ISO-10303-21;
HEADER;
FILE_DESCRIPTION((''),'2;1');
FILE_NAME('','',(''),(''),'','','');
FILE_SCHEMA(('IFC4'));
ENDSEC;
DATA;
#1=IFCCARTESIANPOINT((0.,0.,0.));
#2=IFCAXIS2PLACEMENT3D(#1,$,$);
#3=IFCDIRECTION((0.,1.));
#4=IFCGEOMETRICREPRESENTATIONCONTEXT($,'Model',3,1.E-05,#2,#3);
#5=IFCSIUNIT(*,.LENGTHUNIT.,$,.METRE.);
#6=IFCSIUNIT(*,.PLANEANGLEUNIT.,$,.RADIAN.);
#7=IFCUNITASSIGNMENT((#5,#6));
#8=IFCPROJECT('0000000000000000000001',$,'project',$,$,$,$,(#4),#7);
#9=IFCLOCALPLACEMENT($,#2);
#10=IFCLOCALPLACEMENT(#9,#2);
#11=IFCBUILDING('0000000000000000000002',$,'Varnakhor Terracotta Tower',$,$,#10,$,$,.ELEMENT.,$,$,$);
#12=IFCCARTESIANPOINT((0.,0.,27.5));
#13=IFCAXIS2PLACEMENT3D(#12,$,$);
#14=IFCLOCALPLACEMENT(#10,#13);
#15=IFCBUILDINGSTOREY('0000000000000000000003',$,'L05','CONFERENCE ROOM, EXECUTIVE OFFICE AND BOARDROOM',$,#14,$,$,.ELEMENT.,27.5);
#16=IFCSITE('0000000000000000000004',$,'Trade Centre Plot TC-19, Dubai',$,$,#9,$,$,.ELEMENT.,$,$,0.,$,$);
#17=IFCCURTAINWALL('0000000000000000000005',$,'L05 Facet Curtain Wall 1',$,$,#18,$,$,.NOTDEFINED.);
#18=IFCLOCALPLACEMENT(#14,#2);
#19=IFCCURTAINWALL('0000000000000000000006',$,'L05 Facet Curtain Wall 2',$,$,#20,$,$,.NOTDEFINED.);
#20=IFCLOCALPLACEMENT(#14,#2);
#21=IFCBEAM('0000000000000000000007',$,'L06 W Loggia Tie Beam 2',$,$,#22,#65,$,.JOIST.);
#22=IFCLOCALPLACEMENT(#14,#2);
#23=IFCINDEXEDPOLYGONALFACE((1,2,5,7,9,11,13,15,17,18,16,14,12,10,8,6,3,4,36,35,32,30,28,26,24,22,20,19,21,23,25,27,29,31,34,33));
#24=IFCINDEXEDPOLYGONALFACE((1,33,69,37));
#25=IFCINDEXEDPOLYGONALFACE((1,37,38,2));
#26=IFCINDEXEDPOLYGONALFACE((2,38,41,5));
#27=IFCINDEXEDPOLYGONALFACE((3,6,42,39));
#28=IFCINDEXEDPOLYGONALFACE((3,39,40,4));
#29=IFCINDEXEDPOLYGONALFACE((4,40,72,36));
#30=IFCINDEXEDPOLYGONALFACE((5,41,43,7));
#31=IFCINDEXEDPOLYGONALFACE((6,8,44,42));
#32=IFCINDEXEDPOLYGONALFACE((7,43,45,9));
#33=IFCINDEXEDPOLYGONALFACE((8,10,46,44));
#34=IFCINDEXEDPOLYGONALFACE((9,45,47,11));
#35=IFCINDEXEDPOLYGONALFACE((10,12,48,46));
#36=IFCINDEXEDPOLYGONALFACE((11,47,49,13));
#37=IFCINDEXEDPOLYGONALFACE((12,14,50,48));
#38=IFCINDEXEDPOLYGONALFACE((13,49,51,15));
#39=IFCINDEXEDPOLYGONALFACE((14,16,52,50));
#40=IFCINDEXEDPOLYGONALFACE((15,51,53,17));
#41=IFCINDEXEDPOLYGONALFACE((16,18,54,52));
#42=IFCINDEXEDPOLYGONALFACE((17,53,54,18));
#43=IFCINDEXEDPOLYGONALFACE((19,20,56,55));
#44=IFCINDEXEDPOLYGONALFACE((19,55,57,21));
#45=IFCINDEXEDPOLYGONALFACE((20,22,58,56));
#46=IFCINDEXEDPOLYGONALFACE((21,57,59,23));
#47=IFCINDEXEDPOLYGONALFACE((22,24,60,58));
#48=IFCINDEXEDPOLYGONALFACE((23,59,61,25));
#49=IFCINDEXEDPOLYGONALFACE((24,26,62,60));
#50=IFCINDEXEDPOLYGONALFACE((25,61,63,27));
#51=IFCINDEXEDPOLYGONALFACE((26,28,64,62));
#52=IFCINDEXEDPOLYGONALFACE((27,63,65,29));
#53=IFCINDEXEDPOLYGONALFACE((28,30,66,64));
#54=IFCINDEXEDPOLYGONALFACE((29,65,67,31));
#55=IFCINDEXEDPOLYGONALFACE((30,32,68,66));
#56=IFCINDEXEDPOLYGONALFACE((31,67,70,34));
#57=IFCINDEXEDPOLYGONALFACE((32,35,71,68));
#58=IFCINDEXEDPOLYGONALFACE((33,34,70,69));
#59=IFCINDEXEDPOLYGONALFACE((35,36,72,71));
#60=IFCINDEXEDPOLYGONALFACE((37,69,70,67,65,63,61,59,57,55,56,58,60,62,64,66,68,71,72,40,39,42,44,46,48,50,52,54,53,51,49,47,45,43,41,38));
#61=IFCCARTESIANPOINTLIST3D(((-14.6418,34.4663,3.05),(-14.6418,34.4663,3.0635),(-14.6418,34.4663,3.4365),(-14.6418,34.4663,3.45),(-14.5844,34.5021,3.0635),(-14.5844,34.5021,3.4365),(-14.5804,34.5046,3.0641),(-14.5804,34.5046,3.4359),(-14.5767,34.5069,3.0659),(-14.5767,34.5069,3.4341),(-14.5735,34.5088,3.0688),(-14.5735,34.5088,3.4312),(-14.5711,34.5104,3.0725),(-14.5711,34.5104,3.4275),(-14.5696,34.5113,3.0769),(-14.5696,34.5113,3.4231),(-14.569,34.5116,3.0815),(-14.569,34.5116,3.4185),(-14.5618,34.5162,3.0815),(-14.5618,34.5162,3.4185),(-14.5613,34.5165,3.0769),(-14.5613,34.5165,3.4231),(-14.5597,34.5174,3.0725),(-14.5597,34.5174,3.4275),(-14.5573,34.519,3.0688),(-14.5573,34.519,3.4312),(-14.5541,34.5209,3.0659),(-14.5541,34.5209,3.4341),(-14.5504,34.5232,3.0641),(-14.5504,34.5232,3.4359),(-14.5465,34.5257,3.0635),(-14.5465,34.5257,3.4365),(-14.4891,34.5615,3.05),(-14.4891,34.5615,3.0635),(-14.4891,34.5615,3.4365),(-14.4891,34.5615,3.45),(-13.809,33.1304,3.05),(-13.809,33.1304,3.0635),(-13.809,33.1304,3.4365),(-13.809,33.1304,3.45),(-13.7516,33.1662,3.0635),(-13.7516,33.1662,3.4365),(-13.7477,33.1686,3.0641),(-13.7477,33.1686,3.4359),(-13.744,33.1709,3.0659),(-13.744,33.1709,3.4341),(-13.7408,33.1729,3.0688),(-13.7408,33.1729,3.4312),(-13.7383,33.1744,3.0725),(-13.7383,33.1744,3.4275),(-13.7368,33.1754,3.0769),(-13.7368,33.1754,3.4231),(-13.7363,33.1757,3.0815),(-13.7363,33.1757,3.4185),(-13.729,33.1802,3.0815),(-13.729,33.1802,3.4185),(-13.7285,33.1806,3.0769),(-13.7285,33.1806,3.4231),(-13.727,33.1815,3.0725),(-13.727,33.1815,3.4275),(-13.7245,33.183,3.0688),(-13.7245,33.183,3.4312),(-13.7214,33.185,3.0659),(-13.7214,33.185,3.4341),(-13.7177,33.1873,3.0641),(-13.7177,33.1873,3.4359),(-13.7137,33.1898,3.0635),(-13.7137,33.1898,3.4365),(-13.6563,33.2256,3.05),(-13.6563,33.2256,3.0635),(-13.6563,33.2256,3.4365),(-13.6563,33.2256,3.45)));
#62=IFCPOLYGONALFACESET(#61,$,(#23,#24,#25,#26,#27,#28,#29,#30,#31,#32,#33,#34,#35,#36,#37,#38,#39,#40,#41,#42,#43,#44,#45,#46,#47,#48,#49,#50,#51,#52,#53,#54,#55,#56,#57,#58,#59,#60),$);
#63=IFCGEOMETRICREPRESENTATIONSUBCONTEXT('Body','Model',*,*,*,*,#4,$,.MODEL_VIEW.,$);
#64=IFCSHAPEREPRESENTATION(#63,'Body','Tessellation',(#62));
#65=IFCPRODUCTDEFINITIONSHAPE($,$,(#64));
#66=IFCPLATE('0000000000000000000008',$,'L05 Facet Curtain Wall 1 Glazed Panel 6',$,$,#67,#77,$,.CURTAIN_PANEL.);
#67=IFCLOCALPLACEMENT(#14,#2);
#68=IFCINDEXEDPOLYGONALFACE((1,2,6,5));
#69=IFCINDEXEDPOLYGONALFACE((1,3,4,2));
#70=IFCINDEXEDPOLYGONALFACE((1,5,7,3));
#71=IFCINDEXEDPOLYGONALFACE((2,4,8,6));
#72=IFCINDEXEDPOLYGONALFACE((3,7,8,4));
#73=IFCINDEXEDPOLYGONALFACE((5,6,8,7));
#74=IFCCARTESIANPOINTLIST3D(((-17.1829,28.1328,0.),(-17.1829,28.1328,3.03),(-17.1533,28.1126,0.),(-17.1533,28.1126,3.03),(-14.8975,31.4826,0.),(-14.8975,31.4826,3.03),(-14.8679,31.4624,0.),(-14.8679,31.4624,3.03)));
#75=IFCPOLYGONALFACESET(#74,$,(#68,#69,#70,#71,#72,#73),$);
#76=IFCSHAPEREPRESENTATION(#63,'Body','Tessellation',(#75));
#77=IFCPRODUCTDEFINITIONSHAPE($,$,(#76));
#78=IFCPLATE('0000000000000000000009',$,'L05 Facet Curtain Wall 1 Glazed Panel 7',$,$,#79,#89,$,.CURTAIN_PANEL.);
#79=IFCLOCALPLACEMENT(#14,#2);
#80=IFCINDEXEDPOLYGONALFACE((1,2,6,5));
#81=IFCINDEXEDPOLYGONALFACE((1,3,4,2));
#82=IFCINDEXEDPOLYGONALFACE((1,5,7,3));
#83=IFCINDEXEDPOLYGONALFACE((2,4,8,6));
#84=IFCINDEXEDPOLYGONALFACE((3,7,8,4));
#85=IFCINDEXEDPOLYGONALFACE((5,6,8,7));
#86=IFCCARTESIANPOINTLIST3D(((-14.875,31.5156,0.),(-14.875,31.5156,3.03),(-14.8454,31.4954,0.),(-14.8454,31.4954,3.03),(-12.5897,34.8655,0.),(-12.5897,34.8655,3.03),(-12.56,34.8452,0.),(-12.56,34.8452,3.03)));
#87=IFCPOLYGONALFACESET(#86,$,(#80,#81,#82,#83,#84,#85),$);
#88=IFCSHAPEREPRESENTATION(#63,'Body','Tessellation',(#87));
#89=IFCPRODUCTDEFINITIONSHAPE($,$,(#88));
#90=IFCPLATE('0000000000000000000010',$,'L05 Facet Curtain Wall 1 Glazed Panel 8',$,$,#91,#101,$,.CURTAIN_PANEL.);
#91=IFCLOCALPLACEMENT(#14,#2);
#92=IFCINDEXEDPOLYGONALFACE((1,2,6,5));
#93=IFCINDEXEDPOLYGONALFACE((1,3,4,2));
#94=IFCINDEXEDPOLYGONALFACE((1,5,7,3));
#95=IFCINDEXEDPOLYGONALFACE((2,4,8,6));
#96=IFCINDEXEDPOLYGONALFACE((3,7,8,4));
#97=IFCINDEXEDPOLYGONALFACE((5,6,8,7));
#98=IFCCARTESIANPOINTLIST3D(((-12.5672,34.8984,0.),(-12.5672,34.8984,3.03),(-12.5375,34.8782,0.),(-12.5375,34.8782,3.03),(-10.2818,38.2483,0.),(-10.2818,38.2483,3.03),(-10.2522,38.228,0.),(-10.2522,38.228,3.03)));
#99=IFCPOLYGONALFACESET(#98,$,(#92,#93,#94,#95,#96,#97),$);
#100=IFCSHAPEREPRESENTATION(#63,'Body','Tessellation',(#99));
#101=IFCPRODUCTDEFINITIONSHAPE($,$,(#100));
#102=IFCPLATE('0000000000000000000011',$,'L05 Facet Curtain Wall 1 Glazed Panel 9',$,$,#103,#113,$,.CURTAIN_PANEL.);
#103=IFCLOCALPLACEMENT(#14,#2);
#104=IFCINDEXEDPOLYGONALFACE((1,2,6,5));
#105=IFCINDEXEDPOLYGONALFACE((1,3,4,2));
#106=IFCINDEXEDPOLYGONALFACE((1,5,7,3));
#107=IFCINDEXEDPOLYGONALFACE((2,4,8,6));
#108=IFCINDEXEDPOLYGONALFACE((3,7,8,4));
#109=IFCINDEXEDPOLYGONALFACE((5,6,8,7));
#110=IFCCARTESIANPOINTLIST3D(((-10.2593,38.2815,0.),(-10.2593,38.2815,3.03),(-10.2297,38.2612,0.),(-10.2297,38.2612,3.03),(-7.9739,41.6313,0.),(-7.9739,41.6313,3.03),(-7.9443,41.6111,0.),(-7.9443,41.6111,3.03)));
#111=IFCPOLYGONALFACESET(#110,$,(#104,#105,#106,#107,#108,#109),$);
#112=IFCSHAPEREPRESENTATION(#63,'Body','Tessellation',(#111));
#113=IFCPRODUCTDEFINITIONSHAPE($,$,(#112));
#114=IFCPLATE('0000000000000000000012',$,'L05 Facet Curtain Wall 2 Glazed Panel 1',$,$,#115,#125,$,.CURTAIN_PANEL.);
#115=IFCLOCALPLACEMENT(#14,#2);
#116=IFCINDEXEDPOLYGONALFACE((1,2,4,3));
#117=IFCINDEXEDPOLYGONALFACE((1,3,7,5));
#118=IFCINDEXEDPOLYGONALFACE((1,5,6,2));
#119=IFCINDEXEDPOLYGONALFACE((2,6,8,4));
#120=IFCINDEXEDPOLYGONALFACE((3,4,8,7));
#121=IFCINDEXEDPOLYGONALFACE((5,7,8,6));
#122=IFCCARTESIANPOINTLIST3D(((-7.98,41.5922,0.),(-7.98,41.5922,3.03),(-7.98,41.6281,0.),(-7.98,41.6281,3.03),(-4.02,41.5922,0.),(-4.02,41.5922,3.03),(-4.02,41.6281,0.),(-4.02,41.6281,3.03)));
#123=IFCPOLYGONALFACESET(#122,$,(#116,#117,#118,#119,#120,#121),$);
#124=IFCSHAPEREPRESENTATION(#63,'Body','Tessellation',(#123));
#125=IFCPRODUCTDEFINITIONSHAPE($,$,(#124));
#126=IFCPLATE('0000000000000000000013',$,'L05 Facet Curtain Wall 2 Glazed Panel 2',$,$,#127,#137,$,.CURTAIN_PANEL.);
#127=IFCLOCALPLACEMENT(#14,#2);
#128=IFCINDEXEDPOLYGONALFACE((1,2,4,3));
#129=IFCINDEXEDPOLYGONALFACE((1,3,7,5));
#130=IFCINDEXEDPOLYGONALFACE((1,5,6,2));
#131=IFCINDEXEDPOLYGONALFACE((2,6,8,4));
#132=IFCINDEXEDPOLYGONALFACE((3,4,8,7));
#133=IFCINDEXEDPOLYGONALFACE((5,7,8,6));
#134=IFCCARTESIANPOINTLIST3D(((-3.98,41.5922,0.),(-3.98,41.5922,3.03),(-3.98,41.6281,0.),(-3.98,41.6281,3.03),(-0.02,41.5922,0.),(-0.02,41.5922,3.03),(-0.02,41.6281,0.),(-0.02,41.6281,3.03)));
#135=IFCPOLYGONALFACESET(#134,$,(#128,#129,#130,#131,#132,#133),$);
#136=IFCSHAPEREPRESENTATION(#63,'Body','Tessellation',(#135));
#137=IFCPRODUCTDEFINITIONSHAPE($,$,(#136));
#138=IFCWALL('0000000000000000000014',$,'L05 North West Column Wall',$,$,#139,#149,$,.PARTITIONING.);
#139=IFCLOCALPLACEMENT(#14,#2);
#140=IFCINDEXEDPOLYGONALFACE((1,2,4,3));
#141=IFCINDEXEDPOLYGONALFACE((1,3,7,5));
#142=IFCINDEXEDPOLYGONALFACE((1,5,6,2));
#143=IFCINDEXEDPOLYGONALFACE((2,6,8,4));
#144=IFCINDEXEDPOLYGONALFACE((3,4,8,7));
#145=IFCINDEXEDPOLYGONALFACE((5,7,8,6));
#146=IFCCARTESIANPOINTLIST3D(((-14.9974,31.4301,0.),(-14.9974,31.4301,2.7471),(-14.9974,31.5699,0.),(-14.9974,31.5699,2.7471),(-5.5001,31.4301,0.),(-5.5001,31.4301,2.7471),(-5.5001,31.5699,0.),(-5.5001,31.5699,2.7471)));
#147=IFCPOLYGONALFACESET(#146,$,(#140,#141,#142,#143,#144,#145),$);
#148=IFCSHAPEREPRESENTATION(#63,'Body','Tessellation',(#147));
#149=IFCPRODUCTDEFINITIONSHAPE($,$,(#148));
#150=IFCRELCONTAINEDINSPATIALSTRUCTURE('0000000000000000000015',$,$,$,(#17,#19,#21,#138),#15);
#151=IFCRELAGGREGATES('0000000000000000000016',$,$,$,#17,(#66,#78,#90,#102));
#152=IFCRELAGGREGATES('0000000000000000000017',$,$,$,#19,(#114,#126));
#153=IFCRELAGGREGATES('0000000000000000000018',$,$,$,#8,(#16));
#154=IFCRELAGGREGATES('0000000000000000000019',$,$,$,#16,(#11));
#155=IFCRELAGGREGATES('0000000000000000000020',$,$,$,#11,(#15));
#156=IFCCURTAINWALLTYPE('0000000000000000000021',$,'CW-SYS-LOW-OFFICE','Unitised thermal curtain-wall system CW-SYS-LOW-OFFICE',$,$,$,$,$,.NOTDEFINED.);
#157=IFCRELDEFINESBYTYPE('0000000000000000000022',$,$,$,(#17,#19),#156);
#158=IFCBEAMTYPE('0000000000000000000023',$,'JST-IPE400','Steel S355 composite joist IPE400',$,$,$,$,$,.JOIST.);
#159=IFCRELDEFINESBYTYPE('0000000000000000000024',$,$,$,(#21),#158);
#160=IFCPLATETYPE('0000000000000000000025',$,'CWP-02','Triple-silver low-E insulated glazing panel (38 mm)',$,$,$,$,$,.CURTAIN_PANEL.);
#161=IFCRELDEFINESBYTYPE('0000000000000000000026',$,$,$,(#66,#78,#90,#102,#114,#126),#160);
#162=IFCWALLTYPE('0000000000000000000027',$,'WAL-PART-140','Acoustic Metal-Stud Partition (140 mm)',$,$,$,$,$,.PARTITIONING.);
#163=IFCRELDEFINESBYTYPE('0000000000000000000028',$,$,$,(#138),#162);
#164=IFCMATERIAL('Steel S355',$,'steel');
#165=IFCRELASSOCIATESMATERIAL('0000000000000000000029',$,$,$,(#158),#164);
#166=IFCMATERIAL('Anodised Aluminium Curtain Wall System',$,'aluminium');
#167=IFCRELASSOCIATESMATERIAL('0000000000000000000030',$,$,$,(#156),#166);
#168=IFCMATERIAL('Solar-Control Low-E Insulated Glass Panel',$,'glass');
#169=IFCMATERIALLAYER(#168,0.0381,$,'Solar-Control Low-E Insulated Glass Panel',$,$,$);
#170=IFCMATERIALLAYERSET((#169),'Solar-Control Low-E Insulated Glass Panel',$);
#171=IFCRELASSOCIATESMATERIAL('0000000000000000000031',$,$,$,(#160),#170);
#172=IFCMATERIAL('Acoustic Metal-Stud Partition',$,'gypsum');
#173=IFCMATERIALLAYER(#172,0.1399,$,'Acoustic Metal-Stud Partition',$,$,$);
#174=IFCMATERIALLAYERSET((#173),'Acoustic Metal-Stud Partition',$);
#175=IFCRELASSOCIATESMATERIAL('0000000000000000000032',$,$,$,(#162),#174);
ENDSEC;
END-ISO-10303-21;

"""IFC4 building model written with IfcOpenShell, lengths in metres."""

from ifc_helpers import new_model, si_unit, direction, frame, frame_2d, origin, origin_2d, place, context, subcontext, project, spatial, rectangle, i_section, extrude, source, transform, mapped, material, layer, layer_set, material_profile, profile_set, type_object, type_shapes, element, aggregate, save


model = new_model("IFC4")

# Units and contexts
model_context = context("Model", 3, precision=1e-05, world=origin(), true_north=direction((0.0, 1.0)))
body_context = subcontext(model_context, "Body", "Model", "MODEL_VIEW")
ifc_project = project(units=[si_unit("LENGTHUNIT", "METRE"), si_unit("PLANEANGLEUNIT", "RADIAN")], contexts=[model_context])

# Site, building, storey
site_placement = place(None, origin())
site = spatial("IfcSite", under=ifc_project, at=site_placement, Name="Trade Centre Plot TC-19, Dubai", CompositionType="ELEMENT", RefElevation=0.0)
building_placement = place(site_placement, origin())
building = spatial("IfcBuilding", under=site, at=building_placement, Name="Varnakhor Terracotta Tower", CompositionType="ELEMENT")
storey_placement = place(building_placement, frame((0.0, 0.0, 27.5)))
storey = spatial("IfcBuildingStorey", under=building, at=storey_placement, Name="L05", Description="CONFERENCE ROOM, EXECUTIVE OFFICE AND BOARDROOM", CompositionType="ELEMENT", Elevation=27.5)

# Shared definitions
ifc_material_1 = material(Name="Steel S355", Category="steel")
ifc_material_profile_1 = material_profile(ifc_material_1, i_section(OverallWidth=0.1799, OverallDepth=0.3999, WebThickness=0.0085, FlangeThickness=0.0134, FilletRadius=0.0181, at=origin_2d()), Name="IPE400")
ifc_profile_set_1 = profile_set([ifc_material_profile_1], Name="Steel S355")
beam_type_1 = type_object("IfcBeamType", Name="JST-IPE400", Description="Steel S355 composite joist IPE400", PredefinedType="JOIST", material=ifc_profile_set_1)

# Curtain walls
ifc_material_2 = material(Name="Anodised Aluminium Curtain Wall System", Category="aluminium")
curtain_wall_type = type_object("IfcCurtainWallType", Name="CW-SYS-LOW-OFFICE", Description="Unitised thermal curtain-wall system CW-SYS-LOW-OFFICE", PredefinedType="NOTDEFINED", material=ifc_material_2)
curtain_wall_1_placement = place(storey_placement, origin())
curtain_wall_1 = element("IfcCurtainWall", 1, at=curtain_wall_1_placement, inside=storey, type_object=curtain_wall_type, Name="L05 Facet Curtain Wall 1", PredefinedType="NOTDEFINED")
curtain_wall_2_placement = place(storey_placement, origin())
curtain_wall_2 = element("IfcCurtainWall", 2, at=curtain_wall_2_placement, inside=storey, type_object=curtain_wall_type, Name="L05 Facet Curtain Wall 2", PredefinedType="NOTDEFINED")

# Beam
shared_shape_1 = source(origin(), body_context, "Body", "SweptSolid", [
    extrude(i_section(OverallWidth=0.1799, OverallDepth=0.3999, WebThickness=0.0085, FlangeThickness=0.0134, FilletRadius=0.0181, at=origin_2d()), origin(), (0.0, 0.0, 1.0), 1.5742),
])
beam_1_placement = place(storey_placement, frame((-13.7327, 33.178, 3.25), z_axis=(-0.528995, 0.848625, 0.0), x_axis=(-0.848625, -0.528995, 0.0)))
element("IfcBeam", 3, at=beam_1_placement, inside=storey, type_object=beam_type_1, Name="L06 W Loggia Tie Beam 2", PredefinedType="JOIST", context=body_context, shape_type="MappedRepresentation", body=[
    mapped(shared_shape_1, transform((0.0, 0.0, 0.0), scale=1.0)),
])

# Plates
ifc_material_3 = material(Name="Solar-Control Low-E Insulated Glass Panel", Category="glass")
ifc_layer_1 = layer(ifc_material_3, 0.0381, Name="Solar-Control Low-E Insulated Glass Panel")
ifc_layer_set_1 = layer_set([ifc_layer_1], Name="Solar-Control Low-E Insulated Glass Panel")
plate_type = type_object("IfcPlateType", Name="CWP-02", Description="Triple-silver low-E insulated glazing panel (38 mm)", PredefinedType="CURTAIN_PANEL", material=ifc_layer_set_1)
shared_shape_2 = source(origin(), body_context, "Body", "SweptSolid", [
    extrude(rectangle(XDim=4.0552, YDim=0.0359, at=origin_2d()), origin(), (0.0, 0.0, 1.0), 3.03),
])
type_shapes(plate_type, [shared_shape_2])
plate_1_placement = place(storey_placement, frame((-16.0254, 29.7976, 0.0), z_axis=(0.0, 0.0, 1.0), x_axis=(0.563569, 0.826069, 0.0)))
plate_1 = element("IfcPlate", 4, at=plate_1_placement, type_object=plate_type, Name="L05 Facet Curtain Wall 1 Glazed Panel 6", PredefinedType="CURTAIN_PANEL", context=body_context, shape_type="MappedRepresentation", body=[
    mapped(shared_shape_2, transform((0.0, 0.0, 0.0), scale=1.0)),
])
plate_2_placement = place(storey_placement, frame((-13.7175, 33.1804, 0.0), z_axis=(0.0, 0.0, 1.0), x_axis=(0.563569, 0.826069, 0.0)))
plate_2 = element("IfcPlate", 5, at=plate_2_placement, type_object=plate_type, Name="L05 Facet Curtain Wall 1 Glazed Panel 7", PredefinedType="CURTAIN_PANEL", context=body_context, shape_type="MappedRepresentation", body=[
    mapped(shared_shape_2, transform((0.0, 0.0, 0.0), scale=1.0)),
])
plate_3_placement = place(storey_placement, frame((-11.4097, 36.5632, 0.0), z_axis=(0.0, 0.0, 1.0), x_axis=(0.563569, 0.826069, 0.0)))
plate_3 = element("IfcPlate", 6, at=plate_3_placement, type_object=plate_type, Name="L05 Facet Curtain Wall 1 Glazed Panel 8", PredefinedType="CURTAIN_PANEL", context=body_context, shape_type="MappedRepresentation", body=[
    mapped(shared_shape_2, transform((0.0, 0.0, 0.0), scale=1.0)),
])
plate_4_placement = place(storey_placement, frame((-9.1018, 39.9463, 0.0), z_axis=(0.0, 0.0, 1.0), x_axis=(0.563569, 0.826069, 0.0)))
plate_4 = element("IfcPlate", 7, at=plate_4_placement, type_object=plate_type, Name="L05 Facet Curtain Wall 1 Glazed Panel 9", PredefinedType="CURTAIN_PANEL", context=body_context, shape_type="MappedRepresentation", body=[
    mapped(shared_shape_2, transform((0.0, 0.0, 0.0), scale=1.0)),
])
aggregate(curtain_wall_1, [plate_1, plate_2, plate_3, plate_4])
shared_shape_3 = source(origin(), body_context, "Body", "SweptSolid", [
    extrude(rectangle(XDim=3.96, YDim=0.0359, at=origin_2d()), origin(), (0.0, 0.0, 1.0), 3.03),
])
plate_5_placement = place(storey_placement, frame((-6.0, 41.6101, 0.0), z_axis=(0.0, 0.0, 1.0), x_axis=(1.0, 0.0, 0.0)))
plate_5 = element("IfcPlate", 8, at=plate_5_placement, type_object=plate_type, Name="L05 Facet Curtain Wall 2 Glazed Panel 1", PredefinedType="CURTAIN_PANEL", context=body_context, shape_type="MappedRepresentation", body=[
    mapped(shared_shape_3, transform((0.0, 0.0, 0.0), scale=1.0)),
])
plate_6_placement = place(storey_placement, frame((-2.0, 41.6101, 0.0), z_axis=(0.0, 0.0, 1.0), x_axis=(1.0, 0.0, 0.0)))
plate_6 = element("IfcPlate", 9, at=plate_6_placement, type_object=plate_type, Name="L05 Facet Curtain Wall 2 Glazed Panel 2", PredefinedType="CURTAIN_PANEL", context=body_context, shape_type="MappedRepresentation", body=[
    mapped(shared_shape_3, transform((0.0, 0.0, 0.0), scale=1.0)),
])
aggregate(curtain_wall_2, [plate_5, plate_6])

# Wall
ifc_material_4 = material(Name="Acoustic Metal-Stud Partition", Category="gypsum")
ifc_layer_2 = layer(ifc_material_4, 0.1399, Name="Acoustic Metal-Stud Partition")
ifc_layer_set_2 = layer_set([ifc_layer_2], Name="Acoustic Metal-Stud Partition")
wall_type = type_object("IfcWallType", Name="WAL-PART-140", Description="Acoustic Metal-Stud Partition (140 mm)", PredefinedType="PARTITIONING", material=ifc_layer_set_2)
wall_placement = place(storey_placement, frame((-14.9973, 31.5, 0.0), z_axis=(0.0, 0.0, 1.0), x_axis=(1.0, 0.0, 0.0)))
element("IfcWall", 10, at=wall_placement, inside=storey, type_object=wall_type, Name="L05 North West Column Wall", PredefinedType="PARTITIONING", context=body_context, shape_type="SweptSolid", body=[
    extrude(rectangle(XDim=9.4973, YDim=0.1399, at=frame_2d((4.7485, 0.0))), origin(), (0.0, 0.0, 1.0), 2.7471),
])

save(model, "model.ifc")
